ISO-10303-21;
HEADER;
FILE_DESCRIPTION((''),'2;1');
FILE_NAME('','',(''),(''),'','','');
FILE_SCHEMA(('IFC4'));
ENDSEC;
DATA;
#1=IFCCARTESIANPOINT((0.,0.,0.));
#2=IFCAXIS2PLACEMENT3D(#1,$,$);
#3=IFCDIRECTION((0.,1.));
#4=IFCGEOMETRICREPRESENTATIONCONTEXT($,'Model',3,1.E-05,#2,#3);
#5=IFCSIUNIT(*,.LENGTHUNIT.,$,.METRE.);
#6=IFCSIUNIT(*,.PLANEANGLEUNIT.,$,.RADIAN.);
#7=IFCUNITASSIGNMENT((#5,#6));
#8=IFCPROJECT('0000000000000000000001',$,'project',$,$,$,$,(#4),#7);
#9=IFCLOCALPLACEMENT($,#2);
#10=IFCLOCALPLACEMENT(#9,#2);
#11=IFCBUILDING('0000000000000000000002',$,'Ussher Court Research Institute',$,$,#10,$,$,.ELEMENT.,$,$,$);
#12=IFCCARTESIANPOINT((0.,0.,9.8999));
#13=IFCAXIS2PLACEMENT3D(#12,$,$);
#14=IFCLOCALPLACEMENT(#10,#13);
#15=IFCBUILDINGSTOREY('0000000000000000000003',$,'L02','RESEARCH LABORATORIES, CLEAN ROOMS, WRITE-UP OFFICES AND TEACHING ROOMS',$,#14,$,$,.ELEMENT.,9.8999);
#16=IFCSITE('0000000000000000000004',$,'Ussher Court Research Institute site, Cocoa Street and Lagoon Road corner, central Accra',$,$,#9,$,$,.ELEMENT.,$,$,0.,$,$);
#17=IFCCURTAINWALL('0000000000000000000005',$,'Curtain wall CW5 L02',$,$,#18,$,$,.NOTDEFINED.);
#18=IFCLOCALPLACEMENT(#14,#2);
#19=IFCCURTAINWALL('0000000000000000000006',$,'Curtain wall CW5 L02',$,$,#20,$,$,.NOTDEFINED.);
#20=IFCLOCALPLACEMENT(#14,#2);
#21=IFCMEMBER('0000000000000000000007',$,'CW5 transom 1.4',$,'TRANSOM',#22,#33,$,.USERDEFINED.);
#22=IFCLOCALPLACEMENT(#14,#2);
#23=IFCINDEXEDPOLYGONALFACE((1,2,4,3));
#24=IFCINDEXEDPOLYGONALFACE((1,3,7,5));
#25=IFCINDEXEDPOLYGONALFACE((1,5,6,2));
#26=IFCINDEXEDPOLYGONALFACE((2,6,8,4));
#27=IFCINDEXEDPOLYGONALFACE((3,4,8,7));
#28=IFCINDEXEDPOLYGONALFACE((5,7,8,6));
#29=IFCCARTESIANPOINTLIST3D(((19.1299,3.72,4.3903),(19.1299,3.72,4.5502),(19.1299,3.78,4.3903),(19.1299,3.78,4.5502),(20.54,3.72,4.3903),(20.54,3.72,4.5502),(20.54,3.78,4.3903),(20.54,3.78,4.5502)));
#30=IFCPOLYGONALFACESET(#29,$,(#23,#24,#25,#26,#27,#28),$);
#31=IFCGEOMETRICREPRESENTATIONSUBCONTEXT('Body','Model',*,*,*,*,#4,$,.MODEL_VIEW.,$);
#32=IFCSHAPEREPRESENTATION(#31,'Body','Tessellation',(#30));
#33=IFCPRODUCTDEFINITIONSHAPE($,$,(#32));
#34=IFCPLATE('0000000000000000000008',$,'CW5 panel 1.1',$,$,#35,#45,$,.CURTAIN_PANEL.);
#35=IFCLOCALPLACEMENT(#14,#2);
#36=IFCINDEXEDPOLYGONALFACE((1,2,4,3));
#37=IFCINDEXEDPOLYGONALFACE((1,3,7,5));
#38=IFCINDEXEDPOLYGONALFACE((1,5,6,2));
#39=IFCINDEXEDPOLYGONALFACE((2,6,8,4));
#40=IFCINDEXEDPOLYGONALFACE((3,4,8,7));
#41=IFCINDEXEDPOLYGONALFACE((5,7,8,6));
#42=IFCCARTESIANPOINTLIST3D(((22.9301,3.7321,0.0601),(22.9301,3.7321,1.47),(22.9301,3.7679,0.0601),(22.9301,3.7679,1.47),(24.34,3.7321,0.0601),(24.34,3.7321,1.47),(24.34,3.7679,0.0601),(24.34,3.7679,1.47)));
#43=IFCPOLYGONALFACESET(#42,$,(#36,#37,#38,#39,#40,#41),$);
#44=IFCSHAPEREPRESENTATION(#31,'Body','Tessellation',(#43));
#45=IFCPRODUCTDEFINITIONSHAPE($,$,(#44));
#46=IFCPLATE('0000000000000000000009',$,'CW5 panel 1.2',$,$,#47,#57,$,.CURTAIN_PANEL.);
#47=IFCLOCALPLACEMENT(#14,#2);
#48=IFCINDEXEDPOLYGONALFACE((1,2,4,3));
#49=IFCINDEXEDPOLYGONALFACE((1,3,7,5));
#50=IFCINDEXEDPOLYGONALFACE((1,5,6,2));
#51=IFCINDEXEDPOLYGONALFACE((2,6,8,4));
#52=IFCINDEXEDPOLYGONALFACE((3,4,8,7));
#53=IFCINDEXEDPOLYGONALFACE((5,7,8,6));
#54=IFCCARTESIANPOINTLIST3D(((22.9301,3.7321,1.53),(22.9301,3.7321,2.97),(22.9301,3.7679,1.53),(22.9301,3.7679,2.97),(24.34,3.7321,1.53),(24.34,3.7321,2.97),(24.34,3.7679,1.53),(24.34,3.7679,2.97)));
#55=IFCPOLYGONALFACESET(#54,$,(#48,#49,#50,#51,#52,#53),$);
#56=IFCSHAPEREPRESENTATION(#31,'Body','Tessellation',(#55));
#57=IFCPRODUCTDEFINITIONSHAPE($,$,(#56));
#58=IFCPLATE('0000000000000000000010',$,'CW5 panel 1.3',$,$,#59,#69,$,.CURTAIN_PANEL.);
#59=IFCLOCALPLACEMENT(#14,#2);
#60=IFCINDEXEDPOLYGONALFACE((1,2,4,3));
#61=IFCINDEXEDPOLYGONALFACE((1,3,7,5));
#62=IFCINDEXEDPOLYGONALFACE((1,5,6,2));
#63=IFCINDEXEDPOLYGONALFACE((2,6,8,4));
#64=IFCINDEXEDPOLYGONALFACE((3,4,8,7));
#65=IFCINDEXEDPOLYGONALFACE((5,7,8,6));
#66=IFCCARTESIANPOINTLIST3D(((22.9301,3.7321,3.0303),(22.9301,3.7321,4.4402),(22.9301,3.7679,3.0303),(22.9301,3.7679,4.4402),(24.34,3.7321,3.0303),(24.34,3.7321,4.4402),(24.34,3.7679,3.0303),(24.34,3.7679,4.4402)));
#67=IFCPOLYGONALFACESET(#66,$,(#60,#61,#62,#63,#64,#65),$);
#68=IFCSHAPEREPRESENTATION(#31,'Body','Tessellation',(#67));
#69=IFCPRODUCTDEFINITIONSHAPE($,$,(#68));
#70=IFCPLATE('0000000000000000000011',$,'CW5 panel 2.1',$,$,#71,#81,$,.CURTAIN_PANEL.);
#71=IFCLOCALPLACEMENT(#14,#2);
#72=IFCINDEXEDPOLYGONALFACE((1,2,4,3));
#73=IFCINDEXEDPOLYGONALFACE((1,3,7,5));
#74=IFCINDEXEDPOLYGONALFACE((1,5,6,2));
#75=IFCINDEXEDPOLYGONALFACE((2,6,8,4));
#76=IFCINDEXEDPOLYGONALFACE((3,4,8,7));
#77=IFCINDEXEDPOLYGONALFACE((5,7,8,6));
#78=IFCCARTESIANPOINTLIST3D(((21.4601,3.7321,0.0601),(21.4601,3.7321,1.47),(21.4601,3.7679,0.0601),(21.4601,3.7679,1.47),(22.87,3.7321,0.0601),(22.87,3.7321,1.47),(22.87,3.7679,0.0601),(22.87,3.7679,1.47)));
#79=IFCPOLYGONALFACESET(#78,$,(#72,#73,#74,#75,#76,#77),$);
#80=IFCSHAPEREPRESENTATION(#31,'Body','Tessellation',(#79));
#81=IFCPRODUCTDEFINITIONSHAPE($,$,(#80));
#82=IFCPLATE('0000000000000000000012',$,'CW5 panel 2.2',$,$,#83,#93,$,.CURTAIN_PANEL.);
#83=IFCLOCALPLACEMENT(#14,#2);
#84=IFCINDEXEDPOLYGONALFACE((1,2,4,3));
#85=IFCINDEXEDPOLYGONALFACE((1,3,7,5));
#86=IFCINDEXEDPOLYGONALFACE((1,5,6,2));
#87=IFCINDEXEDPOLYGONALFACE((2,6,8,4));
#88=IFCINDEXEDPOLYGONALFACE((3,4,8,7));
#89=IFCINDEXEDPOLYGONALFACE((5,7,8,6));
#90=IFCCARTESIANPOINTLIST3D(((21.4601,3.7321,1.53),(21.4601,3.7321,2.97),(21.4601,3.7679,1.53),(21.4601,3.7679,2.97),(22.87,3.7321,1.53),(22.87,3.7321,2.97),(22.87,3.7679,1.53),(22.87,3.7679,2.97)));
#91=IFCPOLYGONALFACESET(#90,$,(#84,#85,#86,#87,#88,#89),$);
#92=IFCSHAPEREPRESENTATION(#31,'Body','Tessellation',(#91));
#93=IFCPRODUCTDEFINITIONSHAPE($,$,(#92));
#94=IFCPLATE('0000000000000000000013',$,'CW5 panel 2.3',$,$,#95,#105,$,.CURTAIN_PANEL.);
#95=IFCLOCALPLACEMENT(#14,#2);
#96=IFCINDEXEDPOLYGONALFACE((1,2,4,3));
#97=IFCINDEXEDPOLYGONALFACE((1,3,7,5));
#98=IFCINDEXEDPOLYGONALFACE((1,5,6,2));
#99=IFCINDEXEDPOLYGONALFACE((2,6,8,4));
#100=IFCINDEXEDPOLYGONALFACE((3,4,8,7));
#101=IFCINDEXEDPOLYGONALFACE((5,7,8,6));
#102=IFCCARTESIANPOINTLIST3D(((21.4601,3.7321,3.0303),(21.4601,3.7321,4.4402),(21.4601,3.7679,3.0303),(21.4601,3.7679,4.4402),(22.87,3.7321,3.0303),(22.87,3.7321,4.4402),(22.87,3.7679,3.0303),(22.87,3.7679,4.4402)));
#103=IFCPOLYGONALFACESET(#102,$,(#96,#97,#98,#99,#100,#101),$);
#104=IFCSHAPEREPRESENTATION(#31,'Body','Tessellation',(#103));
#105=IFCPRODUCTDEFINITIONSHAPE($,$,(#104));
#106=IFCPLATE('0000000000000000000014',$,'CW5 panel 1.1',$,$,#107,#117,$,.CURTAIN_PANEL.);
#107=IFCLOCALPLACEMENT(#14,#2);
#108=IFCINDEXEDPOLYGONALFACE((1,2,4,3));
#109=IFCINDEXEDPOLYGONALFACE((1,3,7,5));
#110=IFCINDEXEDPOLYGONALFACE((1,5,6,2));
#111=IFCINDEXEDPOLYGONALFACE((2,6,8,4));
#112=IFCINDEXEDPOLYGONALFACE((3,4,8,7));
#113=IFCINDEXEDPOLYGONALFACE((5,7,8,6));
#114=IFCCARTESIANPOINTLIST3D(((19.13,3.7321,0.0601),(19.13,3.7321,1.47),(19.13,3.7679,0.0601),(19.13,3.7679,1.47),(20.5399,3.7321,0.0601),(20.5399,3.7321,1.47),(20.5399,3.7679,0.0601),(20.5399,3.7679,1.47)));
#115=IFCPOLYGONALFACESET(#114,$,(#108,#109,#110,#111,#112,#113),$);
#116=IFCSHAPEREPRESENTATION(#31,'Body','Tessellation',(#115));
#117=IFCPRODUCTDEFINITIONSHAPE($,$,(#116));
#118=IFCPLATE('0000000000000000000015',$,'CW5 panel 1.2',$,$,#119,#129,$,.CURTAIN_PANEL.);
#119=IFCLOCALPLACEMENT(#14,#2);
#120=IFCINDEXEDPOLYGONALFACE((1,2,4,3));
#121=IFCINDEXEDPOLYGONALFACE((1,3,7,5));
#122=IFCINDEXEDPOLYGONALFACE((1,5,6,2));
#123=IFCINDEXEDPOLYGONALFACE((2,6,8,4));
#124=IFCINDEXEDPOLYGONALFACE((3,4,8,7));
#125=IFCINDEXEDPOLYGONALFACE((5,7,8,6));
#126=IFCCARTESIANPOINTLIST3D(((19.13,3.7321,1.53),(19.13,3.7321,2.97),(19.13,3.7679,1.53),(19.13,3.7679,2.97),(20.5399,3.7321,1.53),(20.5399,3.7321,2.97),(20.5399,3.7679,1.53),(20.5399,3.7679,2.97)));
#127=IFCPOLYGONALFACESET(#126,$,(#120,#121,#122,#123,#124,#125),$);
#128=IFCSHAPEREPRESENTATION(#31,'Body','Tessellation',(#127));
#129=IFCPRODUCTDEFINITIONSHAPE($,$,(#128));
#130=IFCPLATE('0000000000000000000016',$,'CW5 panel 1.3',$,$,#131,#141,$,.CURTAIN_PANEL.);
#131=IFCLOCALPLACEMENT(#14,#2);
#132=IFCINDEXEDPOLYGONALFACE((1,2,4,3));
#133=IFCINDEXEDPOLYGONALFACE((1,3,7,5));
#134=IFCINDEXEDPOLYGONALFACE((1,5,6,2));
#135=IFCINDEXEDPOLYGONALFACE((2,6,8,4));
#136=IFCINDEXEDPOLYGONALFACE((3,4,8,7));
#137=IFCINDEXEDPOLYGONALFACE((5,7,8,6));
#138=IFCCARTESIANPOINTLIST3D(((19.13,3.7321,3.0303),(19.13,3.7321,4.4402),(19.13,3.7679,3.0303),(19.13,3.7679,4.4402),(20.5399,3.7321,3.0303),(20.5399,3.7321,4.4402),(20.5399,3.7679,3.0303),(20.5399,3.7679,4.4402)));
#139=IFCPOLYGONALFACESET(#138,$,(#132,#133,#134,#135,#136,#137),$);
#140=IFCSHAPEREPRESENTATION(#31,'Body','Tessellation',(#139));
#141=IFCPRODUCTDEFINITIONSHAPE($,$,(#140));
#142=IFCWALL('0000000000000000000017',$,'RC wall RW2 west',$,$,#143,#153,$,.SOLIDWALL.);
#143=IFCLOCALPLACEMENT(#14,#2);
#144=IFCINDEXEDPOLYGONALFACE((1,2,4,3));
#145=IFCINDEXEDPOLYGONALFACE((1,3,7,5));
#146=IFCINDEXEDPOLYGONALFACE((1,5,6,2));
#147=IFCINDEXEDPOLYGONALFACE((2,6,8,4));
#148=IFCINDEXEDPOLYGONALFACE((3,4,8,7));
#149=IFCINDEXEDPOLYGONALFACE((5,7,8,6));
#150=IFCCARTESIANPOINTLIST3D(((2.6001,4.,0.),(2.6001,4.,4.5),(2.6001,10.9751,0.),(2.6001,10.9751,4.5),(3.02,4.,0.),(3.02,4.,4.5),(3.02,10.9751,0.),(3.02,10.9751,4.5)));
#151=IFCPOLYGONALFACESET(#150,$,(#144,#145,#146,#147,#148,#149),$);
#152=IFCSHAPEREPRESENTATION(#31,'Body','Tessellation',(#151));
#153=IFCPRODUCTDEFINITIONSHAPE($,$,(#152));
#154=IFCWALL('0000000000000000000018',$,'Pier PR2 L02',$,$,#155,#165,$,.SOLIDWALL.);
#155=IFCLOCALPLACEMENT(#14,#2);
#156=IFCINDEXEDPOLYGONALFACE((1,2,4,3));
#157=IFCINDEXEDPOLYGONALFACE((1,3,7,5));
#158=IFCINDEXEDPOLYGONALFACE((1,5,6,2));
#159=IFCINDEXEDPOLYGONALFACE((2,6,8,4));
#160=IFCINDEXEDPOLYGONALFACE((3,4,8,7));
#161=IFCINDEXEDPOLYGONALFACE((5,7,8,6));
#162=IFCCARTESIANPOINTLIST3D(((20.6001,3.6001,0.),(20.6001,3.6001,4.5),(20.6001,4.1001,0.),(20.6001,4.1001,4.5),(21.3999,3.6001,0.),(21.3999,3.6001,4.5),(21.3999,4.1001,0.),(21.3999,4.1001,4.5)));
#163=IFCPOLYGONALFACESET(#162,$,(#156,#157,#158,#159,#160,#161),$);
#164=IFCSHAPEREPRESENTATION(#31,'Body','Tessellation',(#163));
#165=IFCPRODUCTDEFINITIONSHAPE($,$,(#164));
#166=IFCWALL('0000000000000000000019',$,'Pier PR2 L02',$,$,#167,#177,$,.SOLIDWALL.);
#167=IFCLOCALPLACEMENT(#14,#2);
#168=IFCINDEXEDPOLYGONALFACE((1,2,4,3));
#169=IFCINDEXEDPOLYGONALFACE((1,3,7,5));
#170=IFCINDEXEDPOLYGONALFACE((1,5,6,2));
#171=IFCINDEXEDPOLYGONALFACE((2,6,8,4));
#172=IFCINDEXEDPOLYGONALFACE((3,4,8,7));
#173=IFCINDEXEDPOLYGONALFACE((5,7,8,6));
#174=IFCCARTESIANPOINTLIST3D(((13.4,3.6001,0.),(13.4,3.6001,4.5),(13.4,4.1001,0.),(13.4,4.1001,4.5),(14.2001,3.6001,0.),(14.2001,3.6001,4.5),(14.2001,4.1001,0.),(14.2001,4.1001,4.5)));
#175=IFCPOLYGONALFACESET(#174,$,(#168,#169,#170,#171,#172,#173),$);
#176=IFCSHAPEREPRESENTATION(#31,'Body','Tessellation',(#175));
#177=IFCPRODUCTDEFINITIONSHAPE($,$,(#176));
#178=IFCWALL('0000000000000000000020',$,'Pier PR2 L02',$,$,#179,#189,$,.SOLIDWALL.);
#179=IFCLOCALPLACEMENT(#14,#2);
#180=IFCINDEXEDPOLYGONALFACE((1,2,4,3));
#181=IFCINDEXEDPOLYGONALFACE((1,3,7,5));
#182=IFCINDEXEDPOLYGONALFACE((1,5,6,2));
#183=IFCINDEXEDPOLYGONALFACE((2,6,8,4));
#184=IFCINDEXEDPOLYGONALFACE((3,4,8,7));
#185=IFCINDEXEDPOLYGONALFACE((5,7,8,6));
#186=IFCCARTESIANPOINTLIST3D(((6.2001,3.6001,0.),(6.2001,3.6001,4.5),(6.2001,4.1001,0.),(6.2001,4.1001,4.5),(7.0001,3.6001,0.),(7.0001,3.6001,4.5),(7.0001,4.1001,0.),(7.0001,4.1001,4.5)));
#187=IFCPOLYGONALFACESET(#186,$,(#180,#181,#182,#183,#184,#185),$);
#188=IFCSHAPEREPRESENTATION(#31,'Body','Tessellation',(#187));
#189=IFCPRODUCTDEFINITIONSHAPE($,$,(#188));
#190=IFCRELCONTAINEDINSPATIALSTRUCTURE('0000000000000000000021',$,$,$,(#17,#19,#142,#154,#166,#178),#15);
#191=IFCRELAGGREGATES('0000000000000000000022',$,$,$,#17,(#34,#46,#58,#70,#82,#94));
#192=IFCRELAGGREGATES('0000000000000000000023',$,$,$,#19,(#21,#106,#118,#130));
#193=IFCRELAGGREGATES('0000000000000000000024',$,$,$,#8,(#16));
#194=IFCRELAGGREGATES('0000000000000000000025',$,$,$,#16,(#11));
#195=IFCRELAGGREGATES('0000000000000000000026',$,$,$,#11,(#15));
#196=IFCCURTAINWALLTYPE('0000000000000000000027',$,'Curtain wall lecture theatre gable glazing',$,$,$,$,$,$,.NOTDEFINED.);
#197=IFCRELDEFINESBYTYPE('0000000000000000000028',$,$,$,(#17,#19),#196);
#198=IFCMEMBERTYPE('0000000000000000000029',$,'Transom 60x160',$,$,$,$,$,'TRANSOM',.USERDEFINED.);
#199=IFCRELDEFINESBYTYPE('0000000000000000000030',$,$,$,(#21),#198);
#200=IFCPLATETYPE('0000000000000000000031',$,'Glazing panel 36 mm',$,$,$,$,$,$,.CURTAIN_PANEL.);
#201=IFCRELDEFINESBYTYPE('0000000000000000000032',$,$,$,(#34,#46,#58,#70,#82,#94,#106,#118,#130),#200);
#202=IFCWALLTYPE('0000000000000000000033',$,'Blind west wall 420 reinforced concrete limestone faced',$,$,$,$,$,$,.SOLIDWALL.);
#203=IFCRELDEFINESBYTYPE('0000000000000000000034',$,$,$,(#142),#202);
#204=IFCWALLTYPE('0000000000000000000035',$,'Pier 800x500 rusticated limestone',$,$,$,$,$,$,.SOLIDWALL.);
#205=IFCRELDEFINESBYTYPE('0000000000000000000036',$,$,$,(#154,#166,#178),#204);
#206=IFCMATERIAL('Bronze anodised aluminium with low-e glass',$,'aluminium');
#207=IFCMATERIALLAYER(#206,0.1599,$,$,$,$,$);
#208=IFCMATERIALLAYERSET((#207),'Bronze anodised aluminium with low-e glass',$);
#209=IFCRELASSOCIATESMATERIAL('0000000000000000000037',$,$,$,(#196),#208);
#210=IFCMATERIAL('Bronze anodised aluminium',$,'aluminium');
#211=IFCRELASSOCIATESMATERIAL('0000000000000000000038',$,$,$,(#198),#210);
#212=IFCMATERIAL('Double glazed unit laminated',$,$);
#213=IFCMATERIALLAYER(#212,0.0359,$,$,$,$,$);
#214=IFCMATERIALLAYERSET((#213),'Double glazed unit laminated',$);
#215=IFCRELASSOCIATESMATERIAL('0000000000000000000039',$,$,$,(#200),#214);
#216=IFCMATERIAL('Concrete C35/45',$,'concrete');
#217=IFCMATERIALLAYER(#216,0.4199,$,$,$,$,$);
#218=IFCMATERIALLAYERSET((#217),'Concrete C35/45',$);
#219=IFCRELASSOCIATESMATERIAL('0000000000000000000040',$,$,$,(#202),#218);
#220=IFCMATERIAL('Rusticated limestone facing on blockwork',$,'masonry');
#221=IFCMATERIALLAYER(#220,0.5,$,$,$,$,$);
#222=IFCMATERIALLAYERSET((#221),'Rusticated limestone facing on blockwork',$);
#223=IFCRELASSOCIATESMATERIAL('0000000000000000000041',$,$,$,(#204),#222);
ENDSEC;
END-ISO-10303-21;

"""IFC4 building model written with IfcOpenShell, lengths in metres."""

from ifc_helpers import new_model, si_unit, direction, frame, frame_2d, origin, origin_2d, place, context, subcontext, project, spatial, rectangle, extrude, material, layer, layer_set, material_profile, profile_set, type_object, element, aggregate, save


model = new_model("IFC4")

# Units and contexts
model_context = context("Model", 3, precision=1e-05, world=origin(), true_north=direction((0.0, 1.0)))
body_context = subcontext(model_context, "Body", "Model", "MODEL_VIEW")
ifc_project = project(units=[si_unit("LENGTHUNIT", "METRE"), si_unit("PLANEANGLEUNIT", "RADIAN")], contexts=[model_context])

# Site, building, storey
site_placement = place(None, origin())
site = spatial("IfcSite", under=ifc_project, at=site_placement, Name="Ussher Court Research Institute site, Cocoa Street and Lagoon Road corner, central Accra", CompositionType="ELEMENT", RefElevation=0.0)
building_placement = place(site_placement, origin())
building = spatial("IfcBuilding", under=site, at=building_placement, Name="Ussher Court Research Institute", CompositionType="ELEMENT")
storey_placement = place(building_placement, frame((0.0, 0.0, 9.8999)))
storey = spatial("IfcBuildingStorey", under=building, at=storey_placement, Name="L02", Description="RESEARCH LABORATORIES, CLEAN ROOMS, WRITE-UP OFFICES AND TEACHING ROOMS", CompositionType="ELEMENT", Elevation=9.8999)

# Curtain wall
ifc_material_1 = material(Name="Bronze anodised aluminium with low-e glass", Category="aluminium")
ifc_layer_1 = layer(ifc_material_1, 0.1599)
ifc_layer_set_1 = layer_set([ifc_layer_1], Name="Bronze anodised aluminium with low-e glass")
curtain_wall_type = type_object("IfcCurtainWallType", Name="Curtain wall lecture theatre gable glazing", PredefinedType="NOTDEFINED", material=ifc_layer_set_1)
curtain_wall_1_placement = place(storey_placement, origin())
curtain_wall_1 = element("IfcCurtainWall", 1, at=curtain_wall_1_placement, inside=storey, type_object=curtain_wall_type, Name="Curtain wall CW5 L02", PredefinedType="NOTDEFINED")

# Curtain wall
curtain_wall_2_placement = place(storey_placement, origin())
curtain_wall_2 = element("IfcCurtainWall", 2, at=curtain_wall_2_placement, inside=storey, type_object=curtain_wall_type, Name="Curtain wall CW5 L02", PredefinedType="NOTDEFINED")

# Member
ifc_material_2 = material(Name="Bronze anodised aluminium", Category="aluminium")
ifc_material_profile_1 = material_profile(ifc_material_2, rectangle(XDim=0.0601, YDim=0.1599, at=origin_2d()), Name="Transom 60x160")
ifc_profile_set_1 = profile_set([ifc_material_profile_1], Name="Bronze anodised aluminium")
member_type_1 = type_object("IfcMemberType", Name="Transom 60x160", ElementType="TRANSOM", PredefinedType="USERDEFINED", material=ifc_profile_set_1)
member_1_placement = place(storey_placement, frame((20.54, 3.75, 4.4702), z_axis=(-1.0, 0.0, 0.0), x_axis=(0.0, -1.0, 0.0)))
member_1 = element("IfcMember", 3, at=member_1_placement, type_object=member_type_1, Name="CW5 transom 1.4", ObjectType="TRANSOM", PredefinedType="USERDEFINED", context=body_context, shape_type="SweptSolid", body=[
    extrude(rectangle(XDim=0.0601, YDim=0.1599, at=origin_2d()), origin(), (0.0, 0.0, 1.0), 1.4102),
])

# Plates
ifc_material_3 = material(Name="Double glazed unit laminated")
ifc_layer_2 = layer(ifc_material_3, 0.0359)
ifc_layer_set_2 = layer_set([ifc_layer_2], Name="Double glazed unit laminated")
plate_type = type_object("IfcPlateType", Name="Glazing panel 36 mm", PredefinedType="CURTAIN_PANEL", material=ifc_layer_set_2)
plate_1_placement = place(storey_placement, frame((23.635, 3.75, 0.0601), z_axis=(0.0, 0.0, 1.0), x_axis=(-1.0, 0.0, 0.0)))
plate_1 = element("IfcPlate", 4, at=plate_1_placement, type_object=plate_type, Name="CW5 panel 1.1", PredefinedType="CURTAIN_PANEL", context=body_context, shape_type="SweptSolid", body=[
    extrude(rectangle(XDim=1.4099, YDim=0.0359, at=origin_2d()), origin(), (0.0, 0.0, 1.0), 1.4099),
])
plate_2_placement = place(storey_placement, frame((23.635, 3.75, 1.53), z_axis=(0.0, 0.0, 1.0), x_axis=(-1.0, 0.0, 0.0)))
plate_2 = element("IfcPlate", 5, at=plate_2_placement, type_object=plate_type, Name="CW5 panel 1.2", PredefinedType="CURTAIN_PANEL", context=body_context, shape_type="SweptSolid", body=[
    extrude(rectangle(XDim=1.4099, YDim=0.0359, at=origin_2d()), origin(), (0.0, 0.0, 1.0), 1.4399),
])
plate_3_placement = place(storey_placement, frame((23.635, 3.75, 3.0303), z_axis=(0.0, 0.0, 1.0), x_axis=(-1.0, 0.0, 0.0)))
plate_3 = element("IfcPlate", 6, at=plate_3_placement, type_object=plate_type, Name="CW5 panel 1.3", PredefinedType="CURTAIN_PANEL", context=body_context, shape_type="SweptSolid", body=[
    extrude(rectangle(XDim=1.4099, YDim=0.0359, at=origin_2d()), origin(), (0.0, 0.0, 1.0), 1.4099),
])
plate_4_placement = place(storey_placement, frame((22.165, 3.75, 0.0601), z_axis=(0.0, 0.0, 1.0), x_axis=(-1.0, 0.0, 0.0)))
plate_4 = element("IfcPlate", 7, at=plate_4_placement, type_object=plate_type, Name="CW5 panel 2.1", PredefinedType="CURTAIN_PANEL", context=body_context, shape_type="SweptSolid", body=[
    extrude(rectangle(XDim=1.4099, YDim=0.0359, at=origin_2d()), origin(), (0.0, 0.0, 1.0), 1.4099),
])
plate_5_placement = place(storey_placement, frame((22.165, 3.75, 1.53), z_axis=(0.0, 0.0, 1.0), x_axis=(-1.0, 0.0, 0.0)))
plate_5 = element("IfcPlate", 8, at=plate_5_placement, type_object=plate_type, Name="CW5 panel 2.2", PredefinedType="CURTAIN_PANEL", context=body_context, shape_type="SweptSolid", body=[
    extrude(rectangle(XDim=1.4099, YDim=0.0359, at=origin_2d()), origin(), (0.0, 0.0, 1.0), 1.4399),
])
plate_6_placement = place(storey_placement, frame((22.165, 3.75, 3.0303), z_axis=(0.0, 0.0, 1.0), x_axis=(-1.0, 0.0, 0.0)))
plate_6 = element("IfcPlate", 9, at=plate_6_placement, type_object=plate_type, Name="CW5 panel 2.3", PredefinedType="CURTAIN_PANEL", context=body_context, shape_type="SweptSolid", body=[
    extrude(rectangle(XDim=1.4099, YDim=0.0359, at=origin_2d()), origin(), (0.0, 0.0, 1.0), 1.4099),
])
aggregate(curtain_wall_1, [plate_1, plate_2, plate_3, plate_4, plate_5, plate_6])
plate_7_placement = place(storey_placement, frame((19.835, 3.75, 0.0601), z_axis=(0.0, 0.0, 1.0), x_axis=(-1.0, 0.0, 0.0)))
plate_7 = element("IfcPlate", 10, at=plate_7_placement, type_object=plate_type, Name="CW5 panel 1.1", PredefinedType="CURTAIN_PANEL", context=body_context, shape_type="SweptSolid", body=[
    extrude(rectangle(XDim=1.4099, YDim=0.0359, at=origin_2d()), origin(), (0.0, 0.0, 1.0), 1.4099),
])
plate_8_placement = place(storey_placement, frame((19.835, 3.75, 1.53), z_axis=(0.0, 0.0, 1.0), x_axis=(-1.0, 0.0, 0.0)))
plate_8 = element("IfcPlate", 11, at=plate_8_placement, type_object=plate_type, Name="CW5 panel 1.2", PredefinedType="CURTAIN_PANEL", context=body_context, shape_type="SweptSolid", body=[
    extrude(rectangle(XDim=1.4099, YDim=0.0359, at=origin_2d()), origin(), (0.0, 0.0, 1.0), 1.4399),
])
plate_9_placement = place(storey_placement, frame((19.835, 3.75, 3.0303), z_axis=(0.0, 0.0, 1.0), x_axis=(-1.0, 0.0, 0.0)))
plate_9 = element("IfcPlate", 12, at=plate_9_placement, type_object=plate_type, Name="CW5 panel 1.3", PredefinedType="CURTAIN_PANEL", context=body_context, shape_type="SweptSolid", body=[
    extrude(rectangle(XDim=1.4099, YDim=0.0359, at=origin_2d()), origin(), (0.0, 0.0, 1.0), 1.4099),
])
aggregate(curtain_wall_2, [member_1, plate_7, plate_8, plate_9])

# Walls
ifc_material_4 = material(Name="Concrete C35/45", Category="concrete")
ifc_layer_3 = layer(ifc_material_4, 0.4199)
ifc_layer_set_3 = layer_set([ifc_layer_3], Name="Concrete C35/45")
wall_type_1 = type_object("IfcWallType", Name="Blind west wall 420 reinforced concrete limestone faced", PredefinedType="SOLIDWALL", material=ifc_layer_set_3)
wall_1_placement = place(storey_placement, frame((2.8101, 4.0, 0.0), z_axis=(0.0, 0.0, 1.0), x_axis=(0.0, 1.0, 0.0)))
element("IfcWall", 13, at=wall_1_placement, inside=storey, type_object=wall_type_1, Name="RC wall RW2 west", PredefinedType="SOLIDWALL", context=body_context, shape_type="SweptSolid", body=[
    extrude(rectangle(XDim=6.9751, YDim=0.4199, at=frame_2d((3.4875, 0.0))), origin(), (0.0, 0.0, 1.0), 4.5),
])
ifc_material_5 = material(Name="Rusticated limestone facing on blockwork", Category="masonry")
ifc_layer_4 = layer(ifc_material_5, 0.5)
ifc_layer_set_4 = layer_set([ifc_layer_4], Name="Rusticated limestone facing on blockwork")
wall_type_2 = type_object("IfcWallType", Name="Pier 800x500 rusticated limestone", PredefinedType="SOLIDWALL", material=ifc_layer_set_4)
wall_2_placement = place(storey_placement, frame((21.3999, 3.8501, 0.0), z_axis=(0.0, 0.0, 1.0), x_axis=(-1.0, 0.0, 0.0)))
element("IfcWall", 14, at=wall_2_placement, inside=storey, type_object=wall_type_2, Name="Pier PR2 L02", PredefinedType="SOLIDWALL", context=body_context, shape_type="SweptSolid", body=[
    extrude(rectangle(XDim=0.7998, YDim=0.5, at=frame_2d((0.3999, 0.0))), origin(), (0.0, 0.0, 1.0), 4.5),
])
for number, where, z_axis, x_axis, name in (
    (15, (14.2, 3.8501, 0.0), (0.0, 0.0, 1.0), (-1.0, 0.0, 0.0), "Pier PR2 L02"),
    (16, (7.0, 3.8501, 0.0), (0.0, 0.0, 1.0), (-1.0, 0.0, 0.0), "Pier PR2 L02"),
):
    element("IfcWall", number, at=place(storey_placement, frame(where, z_axis=z_axis, x_axis=x_axis)), inside=storey, type_object=wall_type_2, Name=name, PredefinedType="SOLIDWALL", context=body_context, shape_type="SweptSolid", body=[
        extrude(rectangle(XDim=0.8, YDim=0.5, at=frame_2d((0.3999, 0.0))), origin(), (0.0, 0.0, 1.0), 4.5),
    ])

save(model, "model.ifc")
